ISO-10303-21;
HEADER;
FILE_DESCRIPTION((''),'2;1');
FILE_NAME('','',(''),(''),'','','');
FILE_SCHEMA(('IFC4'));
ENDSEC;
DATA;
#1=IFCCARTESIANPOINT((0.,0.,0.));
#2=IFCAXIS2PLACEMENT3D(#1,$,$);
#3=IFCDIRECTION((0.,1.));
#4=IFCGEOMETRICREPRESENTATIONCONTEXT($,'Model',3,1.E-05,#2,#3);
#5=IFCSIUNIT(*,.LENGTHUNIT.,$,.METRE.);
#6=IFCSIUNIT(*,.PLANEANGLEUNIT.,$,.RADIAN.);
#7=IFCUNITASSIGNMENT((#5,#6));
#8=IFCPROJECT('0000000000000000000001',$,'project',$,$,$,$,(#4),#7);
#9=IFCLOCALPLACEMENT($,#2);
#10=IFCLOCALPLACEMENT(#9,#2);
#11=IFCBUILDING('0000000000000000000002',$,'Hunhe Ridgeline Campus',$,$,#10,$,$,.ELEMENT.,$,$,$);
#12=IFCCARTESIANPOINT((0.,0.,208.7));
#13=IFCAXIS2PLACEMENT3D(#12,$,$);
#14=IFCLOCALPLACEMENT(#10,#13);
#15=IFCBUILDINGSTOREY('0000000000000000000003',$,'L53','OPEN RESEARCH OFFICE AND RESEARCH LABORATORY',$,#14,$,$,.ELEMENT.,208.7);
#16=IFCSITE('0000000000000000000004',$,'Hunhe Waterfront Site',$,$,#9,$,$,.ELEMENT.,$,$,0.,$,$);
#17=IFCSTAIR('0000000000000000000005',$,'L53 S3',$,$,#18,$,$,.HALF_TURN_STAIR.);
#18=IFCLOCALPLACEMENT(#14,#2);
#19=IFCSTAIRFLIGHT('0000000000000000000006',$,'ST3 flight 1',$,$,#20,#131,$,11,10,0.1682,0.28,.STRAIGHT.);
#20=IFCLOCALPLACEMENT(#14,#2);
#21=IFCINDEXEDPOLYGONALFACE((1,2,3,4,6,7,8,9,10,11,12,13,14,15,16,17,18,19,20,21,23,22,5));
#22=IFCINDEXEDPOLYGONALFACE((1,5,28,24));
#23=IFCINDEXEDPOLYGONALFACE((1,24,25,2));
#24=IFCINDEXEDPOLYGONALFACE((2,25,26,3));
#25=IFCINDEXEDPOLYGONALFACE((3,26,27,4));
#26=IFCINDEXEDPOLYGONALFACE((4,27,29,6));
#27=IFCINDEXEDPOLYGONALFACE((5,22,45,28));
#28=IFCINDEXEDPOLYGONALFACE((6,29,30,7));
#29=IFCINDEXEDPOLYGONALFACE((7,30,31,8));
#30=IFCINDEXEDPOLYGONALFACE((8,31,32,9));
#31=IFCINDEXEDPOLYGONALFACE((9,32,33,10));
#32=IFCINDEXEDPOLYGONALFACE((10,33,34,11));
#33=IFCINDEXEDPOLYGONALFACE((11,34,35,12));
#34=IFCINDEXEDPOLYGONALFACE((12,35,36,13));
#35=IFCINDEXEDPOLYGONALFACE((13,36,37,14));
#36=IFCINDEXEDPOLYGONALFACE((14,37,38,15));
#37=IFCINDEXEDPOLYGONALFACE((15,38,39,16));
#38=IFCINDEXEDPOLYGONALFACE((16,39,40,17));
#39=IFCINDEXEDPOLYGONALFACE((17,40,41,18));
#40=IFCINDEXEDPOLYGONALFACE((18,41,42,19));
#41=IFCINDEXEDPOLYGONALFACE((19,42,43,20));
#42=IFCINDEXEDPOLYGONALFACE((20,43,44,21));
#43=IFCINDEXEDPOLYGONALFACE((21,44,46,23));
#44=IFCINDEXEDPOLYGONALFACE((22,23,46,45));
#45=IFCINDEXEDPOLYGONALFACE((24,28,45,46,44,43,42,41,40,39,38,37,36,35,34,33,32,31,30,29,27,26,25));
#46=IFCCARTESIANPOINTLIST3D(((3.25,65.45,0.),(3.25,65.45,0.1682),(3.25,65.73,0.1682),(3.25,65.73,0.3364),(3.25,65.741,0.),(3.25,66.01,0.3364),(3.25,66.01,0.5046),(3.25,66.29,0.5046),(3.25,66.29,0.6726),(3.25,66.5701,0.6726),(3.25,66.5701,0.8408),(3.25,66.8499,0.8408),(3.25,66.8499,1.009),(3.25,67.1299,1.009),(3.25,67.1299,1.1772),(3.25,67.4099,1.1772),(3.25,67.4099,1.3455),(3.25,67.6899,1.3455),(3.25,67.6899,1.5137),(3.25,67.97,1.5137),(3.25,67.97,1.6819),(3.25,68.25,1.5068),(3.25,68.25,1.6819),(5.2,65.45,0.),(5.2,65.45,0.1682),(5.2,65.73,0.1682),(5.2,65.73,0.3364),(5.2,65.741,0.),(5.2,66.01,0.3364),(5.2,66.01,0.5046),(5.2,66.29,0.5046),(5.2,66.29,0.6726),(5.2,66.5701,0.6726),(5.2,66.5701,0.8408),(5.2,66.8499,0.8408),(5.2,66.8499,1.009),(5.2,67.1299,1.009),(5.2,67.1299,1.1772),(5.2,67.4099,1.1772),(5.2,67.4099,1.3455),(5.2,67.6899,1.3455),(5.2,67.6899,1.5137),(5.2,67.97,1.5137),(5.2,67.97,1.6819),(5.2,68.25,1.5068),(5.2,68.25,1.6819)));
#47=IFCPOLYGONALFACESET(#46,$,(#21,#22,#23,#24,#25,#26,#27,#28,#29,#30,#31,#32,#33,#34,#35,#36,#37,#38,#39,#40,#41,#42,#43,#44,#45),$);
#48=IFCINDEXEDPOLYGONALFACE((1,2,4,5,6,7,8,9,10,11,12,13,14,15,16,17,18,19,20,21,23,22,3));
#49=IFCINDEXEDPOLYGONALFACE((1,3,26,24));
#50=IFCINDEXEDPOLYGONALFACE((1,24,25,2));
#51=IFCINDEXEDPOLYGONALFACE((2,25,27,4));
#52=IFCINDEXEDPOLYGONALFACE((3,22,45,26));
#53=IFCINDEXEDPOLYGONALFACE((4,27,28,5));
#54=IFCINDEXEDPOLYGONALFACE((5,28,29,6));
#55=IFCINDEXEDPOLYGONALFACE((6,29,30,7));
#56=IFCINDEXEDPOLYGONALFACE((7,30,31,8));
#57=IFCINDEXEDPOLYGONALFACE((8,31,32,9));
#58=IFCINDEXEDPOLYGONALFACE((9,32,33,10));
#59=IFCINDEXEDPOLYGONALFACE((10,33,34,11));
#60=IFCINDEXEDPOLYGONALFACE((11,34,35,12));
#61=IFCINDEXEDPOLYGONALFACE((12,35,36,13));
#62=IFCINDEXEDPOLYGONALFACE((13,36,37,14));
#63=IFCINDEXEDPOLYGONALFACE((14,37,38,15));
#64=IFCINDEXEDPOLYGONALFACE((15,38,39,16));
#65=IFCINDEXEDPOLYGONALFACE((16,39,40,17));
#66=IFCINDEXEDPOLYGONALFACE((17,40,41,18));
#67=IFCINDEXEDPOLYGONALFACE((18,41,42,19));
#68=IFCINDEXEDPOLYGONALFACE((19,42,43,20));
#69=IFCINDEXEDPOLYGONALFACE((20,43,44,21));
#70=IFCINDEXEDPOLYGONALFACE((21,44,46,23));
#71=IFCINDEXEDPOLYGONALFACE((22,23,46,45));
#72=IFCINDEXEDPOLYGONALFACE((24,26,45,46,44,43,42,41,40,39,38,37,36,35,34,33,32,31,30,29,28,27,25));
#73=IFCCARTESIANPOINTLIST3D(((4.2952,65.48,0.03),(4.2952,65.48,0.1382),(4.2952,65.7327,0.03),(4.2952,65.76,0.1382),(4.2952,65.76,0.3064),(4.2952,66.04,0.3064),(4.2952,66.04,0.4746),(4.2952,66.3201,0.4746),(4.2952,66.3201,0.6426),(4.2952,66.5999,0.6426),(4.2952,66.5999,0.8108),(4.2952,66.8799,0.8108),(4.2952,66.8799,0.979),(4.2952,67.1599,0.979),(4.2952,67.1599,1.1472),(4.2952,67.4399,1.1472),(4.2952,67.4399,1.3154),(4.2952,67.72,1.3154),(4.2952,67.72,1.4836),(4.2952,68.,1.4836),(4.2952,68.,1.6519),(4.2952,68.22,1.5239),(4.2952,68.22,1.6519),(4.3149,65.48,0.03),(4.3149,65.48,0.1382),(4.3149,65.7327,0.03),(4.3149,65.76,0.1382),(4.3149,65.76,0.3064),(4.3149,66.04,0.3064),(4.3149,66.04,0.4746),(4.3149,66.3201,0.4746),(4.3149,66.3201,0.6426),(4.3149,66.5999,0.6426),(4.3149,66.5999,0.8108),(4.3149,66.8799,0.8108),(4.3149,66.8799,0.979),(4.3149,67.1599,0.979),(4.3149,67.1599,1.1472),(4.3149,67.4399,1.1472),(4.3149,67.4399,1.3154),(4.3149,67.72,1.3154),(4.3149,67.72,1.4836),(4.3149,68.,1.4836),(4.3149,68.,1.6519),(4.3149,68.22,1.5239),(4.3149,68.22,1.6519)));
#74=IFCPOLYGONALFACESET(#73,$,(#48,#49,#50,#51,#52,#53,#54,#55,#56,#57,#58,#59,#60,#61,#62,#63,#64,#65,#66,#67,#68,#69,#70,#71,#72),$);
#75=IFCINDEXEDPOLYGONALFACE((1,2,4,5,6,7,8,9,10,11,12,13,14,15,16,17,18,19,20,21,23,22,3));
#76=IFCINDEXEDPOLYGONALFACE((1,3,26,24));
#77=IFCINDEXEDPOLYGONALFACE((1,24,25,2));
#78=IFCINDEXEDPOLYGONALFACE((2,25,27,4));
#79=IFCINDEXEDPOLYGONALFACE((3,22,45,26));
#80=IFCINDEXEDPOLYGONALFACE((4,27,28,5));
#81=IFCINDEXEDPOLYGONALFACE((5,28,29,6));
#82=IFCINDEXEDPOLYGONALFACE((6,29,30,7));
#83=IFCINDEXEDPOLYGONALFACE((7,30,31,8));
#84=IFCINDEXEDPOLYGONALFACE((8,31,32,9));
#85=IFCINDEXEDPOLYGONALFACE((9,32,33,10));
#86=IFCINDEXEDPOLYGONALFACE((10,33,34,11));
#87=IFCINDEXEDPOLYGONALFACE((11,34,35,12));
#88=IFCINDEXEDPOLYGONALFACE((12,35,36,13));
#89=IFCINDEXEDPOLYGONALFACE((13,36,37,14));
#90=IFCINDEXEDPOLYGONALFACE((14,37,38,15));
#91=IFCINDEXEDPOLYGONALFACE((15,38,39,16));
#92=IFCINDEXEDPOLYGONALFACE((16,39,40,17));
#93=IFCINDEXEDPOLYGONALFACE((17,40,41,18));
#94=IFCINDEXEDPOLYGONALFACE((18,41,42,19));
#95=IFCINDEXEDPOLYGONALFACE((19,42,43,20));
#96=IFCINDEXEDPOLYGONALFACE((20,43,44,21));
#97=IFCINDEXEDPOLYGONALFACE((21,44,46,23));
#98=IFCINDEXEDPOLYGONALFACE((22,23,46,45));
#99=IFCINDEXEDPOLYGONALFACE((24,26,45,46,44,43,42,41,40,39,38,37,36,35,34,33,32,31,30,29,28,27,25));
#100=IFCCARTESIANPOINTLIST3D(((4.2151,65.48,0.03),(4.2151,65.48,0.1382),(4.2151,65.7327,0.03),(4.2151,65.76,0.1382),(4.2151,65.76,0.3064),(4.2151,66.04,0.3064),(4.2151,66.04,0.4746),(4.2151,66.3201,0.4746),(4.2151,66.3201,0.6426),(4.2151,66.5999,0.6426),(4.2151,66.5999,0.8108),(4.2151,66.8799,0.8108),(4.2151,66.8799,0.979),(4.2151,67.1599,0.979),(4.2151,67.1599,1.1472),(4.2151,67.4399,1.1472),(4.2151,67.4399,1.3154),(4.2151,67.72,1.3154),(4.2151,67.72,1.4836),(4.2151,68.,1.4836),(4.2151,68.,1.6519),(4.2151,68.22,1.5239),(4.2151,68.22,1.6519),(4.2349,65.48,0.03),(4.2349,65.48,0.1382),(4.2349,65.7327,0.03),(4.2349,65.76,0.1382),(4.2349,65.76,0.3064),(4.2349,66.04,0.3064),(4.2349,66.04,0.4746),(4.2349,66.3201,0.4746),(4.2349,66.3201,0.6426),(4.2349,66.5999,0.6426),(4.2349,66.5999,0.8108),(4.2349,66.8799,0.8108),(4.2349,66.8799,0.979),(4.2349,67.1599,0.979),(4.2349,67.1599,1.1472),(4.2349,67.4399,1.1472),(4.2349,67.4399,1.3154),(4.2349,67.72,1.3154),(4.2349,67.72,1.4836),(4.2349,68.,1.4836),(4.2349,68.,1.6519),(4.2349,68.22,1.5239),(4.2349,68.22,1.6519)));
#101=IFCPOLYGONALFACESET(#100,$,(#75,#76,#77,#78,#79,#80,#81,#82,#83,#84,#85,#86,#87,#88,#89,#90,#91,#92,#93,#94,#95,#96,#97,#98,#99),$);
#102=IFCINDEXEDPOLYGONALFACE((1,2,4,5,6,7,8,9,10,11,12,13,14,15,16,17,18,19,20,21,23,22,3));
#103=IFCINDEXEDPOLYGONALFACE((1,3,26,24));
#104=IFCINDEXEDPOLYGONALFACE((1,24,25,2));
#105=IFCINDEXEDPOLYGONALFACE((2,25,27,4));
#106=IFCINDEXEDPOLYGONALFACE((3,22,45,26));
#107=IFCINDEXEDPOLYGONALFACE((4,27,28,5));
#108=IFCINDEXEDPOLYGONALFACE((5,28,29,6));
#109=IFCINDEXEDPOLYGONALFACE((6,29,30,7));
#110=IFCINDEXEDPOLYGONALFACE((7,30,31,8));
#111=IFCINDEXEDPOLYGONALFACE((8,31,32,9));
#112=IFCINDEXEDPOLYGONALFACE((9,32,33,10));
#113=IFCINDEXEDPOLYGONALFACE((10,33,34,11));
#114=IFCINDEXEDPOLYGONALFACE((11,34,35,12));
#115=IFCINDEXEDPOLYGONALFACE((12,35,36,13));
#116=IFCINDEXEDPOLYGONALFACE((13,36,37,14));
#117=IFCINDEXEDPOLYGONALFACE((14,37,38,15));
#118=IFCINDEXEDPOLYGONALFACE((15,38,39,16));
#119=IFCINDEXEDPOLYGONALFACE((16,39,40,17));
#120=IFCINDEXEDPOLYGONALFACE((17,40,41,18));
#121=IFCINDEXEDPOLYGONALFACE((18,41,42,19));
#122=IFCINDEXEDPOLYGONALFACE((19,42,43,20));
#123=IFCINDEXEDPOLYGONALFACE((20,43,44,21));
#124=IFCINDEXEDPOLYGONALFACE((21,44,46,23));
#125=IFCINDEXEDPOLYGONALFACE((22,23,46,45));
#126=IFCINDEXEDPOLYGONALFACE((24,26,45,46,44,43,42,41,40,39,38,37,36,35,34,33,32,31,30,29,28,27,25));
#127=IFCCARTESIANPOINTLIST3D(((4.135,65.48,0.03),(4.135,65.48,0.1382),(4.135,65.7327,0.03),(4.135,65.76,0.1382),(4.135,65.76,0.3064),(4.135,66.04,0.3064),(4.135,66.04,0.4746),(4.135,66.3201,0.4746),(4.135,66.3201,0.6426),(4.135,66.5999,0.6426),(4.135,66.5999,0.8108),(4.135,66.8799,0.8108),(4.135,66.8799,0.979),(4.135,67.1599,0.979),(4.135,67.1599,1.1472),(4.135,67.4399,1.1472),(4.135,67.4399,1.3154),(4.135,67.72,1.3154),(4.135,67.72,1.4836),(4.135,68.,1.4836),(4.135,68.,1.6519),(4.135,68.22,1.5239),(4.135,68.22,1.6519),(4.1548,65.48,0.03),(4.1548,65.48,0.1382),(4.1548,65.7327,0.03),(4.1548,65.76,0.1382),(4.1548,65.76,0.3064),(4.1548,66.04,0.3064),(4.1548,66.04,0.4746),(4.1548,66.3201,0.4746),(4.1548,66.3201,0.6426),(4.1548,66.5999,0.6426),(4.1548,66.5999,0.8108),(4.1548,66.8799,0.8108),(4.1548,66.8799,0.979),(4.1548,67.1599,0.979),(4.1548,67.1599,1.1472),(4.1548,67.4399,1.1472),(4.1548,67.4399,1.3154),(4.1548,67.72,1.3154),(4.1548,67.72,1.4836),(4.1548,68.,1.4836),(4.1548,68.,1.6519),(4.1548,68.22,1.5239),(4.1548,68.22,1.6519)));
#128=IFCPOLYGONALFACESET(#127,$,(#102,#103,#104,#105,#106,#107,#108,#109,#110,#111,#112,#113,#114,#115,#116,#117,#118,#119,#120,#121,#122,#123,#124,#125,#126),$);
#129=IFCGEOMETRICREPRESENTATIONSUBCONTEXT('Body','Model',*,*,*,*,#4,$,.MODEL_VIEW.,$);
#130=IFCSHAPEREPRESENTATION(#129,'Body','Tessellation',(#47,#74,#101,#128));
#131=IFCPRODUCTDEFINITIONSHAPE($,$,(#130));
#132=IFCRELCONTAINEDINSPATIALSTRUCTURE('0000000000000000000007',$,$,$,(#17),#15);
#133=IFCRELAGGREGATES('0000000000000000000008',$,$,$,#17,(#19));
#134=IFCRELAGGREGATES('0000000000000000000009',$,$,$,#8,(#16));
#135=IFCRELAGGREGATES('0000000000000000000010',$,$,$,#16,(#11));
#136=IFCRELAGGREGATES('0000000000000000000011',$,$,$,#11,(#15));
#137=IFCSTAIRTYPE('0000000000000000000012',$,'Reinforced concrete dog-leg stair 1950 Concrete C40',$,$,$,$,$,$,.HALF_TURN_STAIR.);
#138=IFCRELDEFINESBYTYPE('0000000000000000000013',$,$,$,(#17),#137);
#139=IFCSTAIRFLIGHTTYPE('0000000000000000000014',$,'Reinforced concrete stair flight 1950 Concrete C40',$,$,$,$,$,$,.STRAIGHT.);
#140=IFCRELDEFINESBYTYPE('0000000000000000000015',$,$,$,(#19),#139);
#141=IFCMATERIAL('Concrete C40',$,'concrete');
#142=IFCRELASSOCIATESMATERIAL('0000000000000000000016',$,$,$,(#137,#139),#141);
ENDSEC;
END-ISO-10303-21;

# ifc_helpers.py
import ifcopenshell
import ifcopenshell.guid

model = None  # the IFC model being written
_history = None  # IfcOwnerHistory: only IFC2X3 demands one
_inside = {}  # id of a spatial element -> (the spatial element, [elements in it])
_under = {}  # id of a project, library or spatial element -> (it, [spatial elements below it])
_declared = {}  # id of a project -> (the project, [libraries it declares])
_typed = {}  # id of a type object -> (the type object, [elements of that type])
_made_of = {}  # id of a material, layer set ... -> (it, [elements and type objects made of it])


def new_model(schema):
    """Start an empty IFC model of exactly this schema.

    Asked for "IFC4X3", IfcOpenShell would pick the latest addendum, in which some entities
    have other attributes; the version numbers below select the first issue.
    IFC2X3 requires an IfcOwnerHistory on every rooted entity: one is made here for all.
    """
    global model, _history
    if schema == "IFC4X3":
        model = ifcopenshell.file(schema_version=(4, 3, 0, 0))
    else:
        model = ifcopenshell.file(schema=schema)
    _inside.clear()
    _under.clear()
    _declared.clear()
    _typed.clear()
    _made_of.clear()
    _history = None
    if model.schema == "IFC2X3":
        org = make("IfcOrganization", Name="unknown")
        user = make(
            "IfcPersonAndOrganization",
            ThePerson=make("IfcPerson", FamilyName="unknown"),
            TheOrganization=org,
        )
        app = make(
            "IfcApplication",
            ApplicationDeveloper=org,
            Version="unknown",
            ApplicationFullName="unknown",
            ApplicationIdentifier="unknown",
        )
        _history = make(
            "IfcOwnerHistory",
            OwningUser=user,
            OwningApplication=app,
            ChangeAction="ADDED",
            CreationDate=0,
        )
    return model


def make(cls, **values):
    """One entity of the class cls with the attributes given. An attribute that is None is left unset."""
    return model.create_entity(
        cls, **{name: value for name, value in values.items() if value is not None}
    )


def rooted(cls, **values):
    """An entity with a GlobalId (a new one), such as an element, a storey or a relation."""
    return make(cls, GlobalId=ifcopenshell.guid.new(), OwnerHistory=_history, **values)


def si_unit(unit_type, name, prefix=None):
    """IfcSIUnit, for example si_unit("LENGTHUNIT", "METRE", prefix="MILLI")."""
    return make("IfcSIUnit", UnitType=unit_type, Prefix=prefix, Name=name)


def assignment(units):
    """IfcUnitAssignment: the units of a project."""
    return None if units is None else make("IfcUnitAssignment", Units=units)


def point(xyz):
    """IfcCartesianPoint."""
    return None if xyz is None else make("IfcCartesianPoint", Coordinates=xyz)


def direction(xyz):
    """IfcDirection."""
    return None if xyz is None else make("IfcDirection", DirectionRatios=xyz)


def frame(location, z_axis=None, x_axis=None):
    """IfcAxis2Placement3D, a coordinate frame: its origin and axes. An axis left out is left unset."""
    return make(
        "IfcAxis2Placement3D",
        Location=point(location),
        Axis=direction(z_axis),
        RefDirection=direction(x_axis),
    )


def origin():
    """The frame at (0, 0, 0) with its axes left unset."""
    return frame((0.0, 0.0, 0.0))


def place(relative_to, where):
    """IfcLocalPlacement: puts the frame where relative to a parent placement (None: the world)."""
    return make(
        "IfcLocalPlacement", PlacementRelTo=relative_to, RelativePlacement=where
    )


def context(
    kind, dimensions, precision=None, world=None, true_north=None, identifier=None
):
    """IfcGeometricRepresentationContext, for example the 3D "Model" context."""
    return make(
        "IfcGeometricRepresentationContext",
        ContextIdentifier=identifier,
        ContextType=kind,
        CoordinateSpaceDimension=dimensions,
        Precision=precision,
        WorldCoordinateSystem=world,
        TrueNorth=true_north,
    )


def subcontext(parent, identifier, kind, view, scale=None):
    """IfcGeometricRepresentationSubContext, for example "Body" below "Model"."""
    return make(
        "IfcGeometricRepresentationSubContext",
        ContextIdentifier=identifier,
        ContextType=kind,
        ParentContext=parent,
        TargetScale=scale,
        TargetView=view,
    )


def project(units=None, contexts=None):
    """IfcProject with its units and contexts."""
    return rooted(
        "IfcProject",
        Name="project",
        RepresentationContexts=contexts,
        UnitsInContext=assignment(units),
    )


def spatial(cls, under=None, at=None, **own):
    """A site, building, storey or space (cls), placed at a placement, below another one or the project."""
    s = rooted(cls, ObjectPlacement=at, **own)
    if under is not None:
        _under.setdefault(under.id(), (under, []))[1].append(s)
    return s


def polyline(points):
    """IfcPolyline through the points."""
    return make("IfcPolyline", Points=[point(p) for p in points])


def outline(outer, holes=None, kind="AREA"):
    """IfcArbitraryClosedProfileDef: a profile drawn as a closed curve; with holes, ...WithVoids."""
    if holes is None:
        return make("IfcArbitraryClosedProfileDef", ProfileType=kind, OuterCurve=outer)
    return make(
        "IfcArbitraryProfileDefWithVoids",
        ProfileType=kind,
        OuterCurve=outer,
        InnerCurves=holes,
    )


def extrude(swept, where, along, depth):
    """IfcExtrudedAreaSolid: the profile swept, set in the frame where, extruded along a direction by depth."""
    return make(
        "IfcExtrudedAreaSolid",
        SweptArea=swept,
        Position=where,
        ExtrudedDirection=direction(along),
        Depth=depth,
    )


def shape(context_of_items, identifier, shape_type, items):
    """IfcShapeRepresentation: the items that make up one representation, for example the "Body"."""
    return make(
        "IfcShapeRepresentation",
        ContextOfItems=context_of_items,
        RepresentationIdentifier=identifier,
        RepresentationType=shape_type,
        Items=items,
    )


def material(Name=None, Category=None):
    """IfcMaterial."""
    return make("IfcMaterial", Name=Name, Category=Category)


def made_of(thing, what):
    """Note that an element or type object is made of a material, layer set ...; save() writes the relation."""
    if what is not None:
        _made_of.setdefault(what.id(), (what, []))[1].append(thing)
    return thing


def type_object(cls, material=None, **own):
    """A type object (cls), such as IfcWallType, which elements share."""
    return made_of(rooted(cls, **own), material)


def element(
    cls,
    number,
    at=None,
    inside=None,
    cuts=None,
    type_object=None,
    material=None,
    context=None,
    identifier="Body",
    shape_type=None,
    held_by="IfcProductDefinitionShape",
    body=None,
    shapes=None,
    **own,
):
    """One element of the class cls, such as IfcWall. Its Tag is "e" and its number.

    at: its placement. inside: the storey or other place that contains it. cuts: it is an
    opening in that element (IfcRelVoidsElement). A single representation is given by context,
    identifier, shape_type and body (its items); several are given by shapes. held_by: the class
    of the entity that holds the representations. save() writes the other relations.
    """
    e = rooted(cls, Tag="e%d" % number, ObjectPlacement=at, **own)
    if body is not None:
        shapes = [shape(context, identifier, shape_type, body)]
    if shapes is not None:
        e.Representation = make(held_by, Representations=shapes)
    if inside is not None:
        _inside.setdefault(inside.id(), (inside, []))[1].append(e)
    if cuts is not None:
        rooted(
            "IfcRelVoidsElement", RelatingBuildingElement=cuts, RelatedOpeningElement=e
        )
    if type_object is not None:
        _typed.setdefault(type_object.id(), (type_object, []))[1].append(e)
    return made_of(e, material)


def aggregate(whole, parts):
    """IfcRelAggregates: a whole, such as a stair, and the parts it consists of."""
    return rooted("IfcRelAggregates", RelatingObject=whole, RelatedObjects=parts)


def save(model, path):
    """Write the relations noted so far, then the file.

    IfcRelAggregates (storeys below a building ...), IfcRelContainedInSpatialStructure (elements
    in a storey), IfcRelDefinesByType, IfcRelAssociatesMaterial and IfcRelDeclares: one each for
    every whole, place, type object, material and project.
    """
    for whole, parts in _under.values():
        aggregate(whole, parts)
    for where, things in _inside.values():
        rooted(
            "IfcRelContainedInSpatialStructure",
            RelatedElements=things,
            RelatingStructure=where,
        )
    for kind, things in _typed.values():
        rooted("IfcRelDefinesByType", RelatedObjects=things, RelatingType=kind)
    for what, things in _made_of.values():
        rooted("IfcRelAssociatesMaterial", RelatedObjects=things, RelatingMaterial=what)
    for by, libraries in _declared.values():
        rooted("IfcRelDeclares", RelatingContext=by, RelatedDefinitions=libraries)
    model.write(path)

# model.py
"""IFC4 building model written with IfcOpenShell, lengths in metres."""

from ifc_helpers import new_model, si_unit, direction, frame, origin, place, context, subcontext, project, spatial, polyline, outline, extrude, material, type_object, element, aggregate, save


model = new_model("IFC4")

# Units and contexts
model_context = context("Model", 3, precision=1e-05, world=origin(), true_north=direction((0.0, 1.0)))
body_context = subcontext(model_context, "Body", "Model", "MODEL_VIEW")
ifc_project = project(units=[si_unit("LENGTHUNIT", "METRE"), si_unit("PLANEANGLEUNIT", "RADIAN")], contexts=[model_context])

# Site, building, storey
site_placement = place(None, origin())
site = spatial("IfcSite", under=ifc_project, at=site_placement, Name="Hunhe Waterfront Site", CompositionType="ELEMENT", RefElevation=0.0)
building_placement = place(site_placement, origin())
building = spatial("IfcBuilding", under=site, at=building_placement, Name="Hunhe Ridgeline Campus", CompositionType="ELEMENT")
storey_placement = place(building_placement, frame((0.0, 0.0, 208.7)))
storey = spatial("IfcBuildingStorey", under=building, at=storey_placement, Name="L53", Description="OPEN RESEARCH OFFICE AND RESEARCH LABORATORY", CompositionType="ELEMENT", Elevation=208.7)

# Stair, stair flight
ifc_material_1 = material(Name="Concrete C40", Category="concrete")
stair_type = type_object("IfcStairType", Name="Reinforced concrete dog-leg stair 1950 Concrete C40", PredefinedType="HALF_TURN_STAIR", material=ifc_material_1)
stair_1_placement = place(storey_placement, origin())
stair_1 = element("IfcStair", 1, at=stair_1_placement, inside=storey, type_object=stair_type, Name="L53 S3", PredefinedType="HALF_TURN_STAIR")
stair_flight_type = type_object("IfcStairFlightType", Name="Reinforced concrete stair flight 1950 Concrete C40", PredefinedType="STRAIGHT", material=ifc_material_1)
stair_flight_1_placement = place(storey_placement, frame((4.2251, 65.45, 0.0), z_axis=(0.0, 0.0, 1.0), x_axis=(0.0, 1.0, 0.0)))
stair_flight_1 = element("IfcStairFlight", 2, at=stair_flight_1_placement, type_object=stair_flight_type, Name="ST3 flight 1", NumberOfRisers=11, NumberOfTreads=10, PredefinedType="STRAIGHT", RiserHeight=0.1682, TreadLength=0.28, context=body_context, shape_type="SweptSolid", body=[
    extrude(outline(polyline([(0.0, 0.0), (0.0, 0.1682), (0.28, 0.1682), (0.28, 0.3364), (0.5601, 0.3364), (0.5601, 0.5046), (0.8401, 0.5046), (0.8401, 0.6726), (1.1201, 0.6726), (1.1201, 0.8408), (1.3999, 0.8408), (1.3999, 1.009), (1.6799, 1.009), (1.6799, 1.1772), (1.96, 1.1772), (1.96, 1.3455), (2.24, 1.3455), (2.24, 1.5137), (2.52, 1.5137), (2.52, 1.6819), (2.8, 1.6819), (2.8, 1.8501), (2.8, 1.5068), (0.291, 0.0), (0.0, 0.0)])), frame((0.0, 0.9751, 0.0), z_axis=(0.0, -1.0, 0.0), x_axis=(1.0, 0.0, 0.0)), (0.0, 0.0, 1.0), 1.95),
    extrude(outline(polyline([(0.03, 0.03), (0.03, 0.1382), (0.3101, 0.1382), (0.3101, 0.3064), (0.5901, 0.3064), (0.5901, 0.4746), (0.8701, 0.4746), (0.8701, 0.6426), (1.1499, 0.6426), (1.1499, 0.8108), (1.4299, 0.8108), (1.4299, 0.979), (1.71, 0.979), (1.71, 1.1472), (1.99, 1.1472), (1.99, 1.3154), (2.27, 1.3154), (2.27, 1.4836), (2.55, 1.4836), (2.55, 1.6519), (2.77, 1.6519), (2.77, 1.5239), (0.2827, 0.03), (0.03, 0.03)])), frame((0.0, -0.0701, 0.0), z_axis=(0.0, -1.0, 0.0), x_axis=(1.0, 0.0, 0.0)), (0.0, 0.0, 1.0), 0.0198),
    extrude(outline(polyline([(0.03, 0.03), (0.03, 0.1382), (0.3101, 0.1382), (0.3101, 0.3064), (0.5901, 0.3064), (0.5901, 0.4746), (0.8701, 0.4746), (0.8701, 0.6426), (1.1499, 0.6426), (1.1499, 0.8108), (1.4299, 0.8108), (1.4299, 0.979), (1.71, 0.979), (1.71, 1.1472), (1.99, 1.1472), (1.99, 1.3154), (2.27, 1.3154), (2.27, 1.4836), (2.55, 1.4836), (2.55, 1.6519), (2.77, 1.6519), (2.77, 1.5239), (0.2827, 0.03), (0.03, 0.03)])), frame((0.0, 0.01, 0.0), z_axis=(0.0, -1.0, 0.0), x_axis=(1.0, 0.0, 0.0)), (0.0, 0.0, 1.0), 0.0198),
    extrude(outline(polyline([(0.03, 0.03), (0.03, 0.1382), (0.3101, 0.1382), (0.3101, 0.3064), (0.5901, 0.3064), (0.5901, 0.4746), (0.8701, 0.4746), (0.8701, 0.6426), (1.1499, 0.6426), (1.1499, 0.8108), (1.4299, 0.8108), (1.4299, 0.979), (1.71, 0.979), (1.71, 1.1472), (1.99, 1.1472), (1.99, 1.3154), (2.27, 1.3154), (2.27, 1.4836), (2.55, 1.4836), (2.55, 1.6519), (2.77, 1.6519), (2.77, 1.5239), (0.2827, 0.03), (0.03, 0.03)])), frame((0.0, 0.0901, 0.0), z_axis=(0.0, -1.0, 0.0), x_axis=(1.0, 0.0, 0.0)), (0.0, 0.0, 1.0), 0.0198),
])
aggregate(stair_1, [stair_flight_1])

save(model, "model.ifc")
